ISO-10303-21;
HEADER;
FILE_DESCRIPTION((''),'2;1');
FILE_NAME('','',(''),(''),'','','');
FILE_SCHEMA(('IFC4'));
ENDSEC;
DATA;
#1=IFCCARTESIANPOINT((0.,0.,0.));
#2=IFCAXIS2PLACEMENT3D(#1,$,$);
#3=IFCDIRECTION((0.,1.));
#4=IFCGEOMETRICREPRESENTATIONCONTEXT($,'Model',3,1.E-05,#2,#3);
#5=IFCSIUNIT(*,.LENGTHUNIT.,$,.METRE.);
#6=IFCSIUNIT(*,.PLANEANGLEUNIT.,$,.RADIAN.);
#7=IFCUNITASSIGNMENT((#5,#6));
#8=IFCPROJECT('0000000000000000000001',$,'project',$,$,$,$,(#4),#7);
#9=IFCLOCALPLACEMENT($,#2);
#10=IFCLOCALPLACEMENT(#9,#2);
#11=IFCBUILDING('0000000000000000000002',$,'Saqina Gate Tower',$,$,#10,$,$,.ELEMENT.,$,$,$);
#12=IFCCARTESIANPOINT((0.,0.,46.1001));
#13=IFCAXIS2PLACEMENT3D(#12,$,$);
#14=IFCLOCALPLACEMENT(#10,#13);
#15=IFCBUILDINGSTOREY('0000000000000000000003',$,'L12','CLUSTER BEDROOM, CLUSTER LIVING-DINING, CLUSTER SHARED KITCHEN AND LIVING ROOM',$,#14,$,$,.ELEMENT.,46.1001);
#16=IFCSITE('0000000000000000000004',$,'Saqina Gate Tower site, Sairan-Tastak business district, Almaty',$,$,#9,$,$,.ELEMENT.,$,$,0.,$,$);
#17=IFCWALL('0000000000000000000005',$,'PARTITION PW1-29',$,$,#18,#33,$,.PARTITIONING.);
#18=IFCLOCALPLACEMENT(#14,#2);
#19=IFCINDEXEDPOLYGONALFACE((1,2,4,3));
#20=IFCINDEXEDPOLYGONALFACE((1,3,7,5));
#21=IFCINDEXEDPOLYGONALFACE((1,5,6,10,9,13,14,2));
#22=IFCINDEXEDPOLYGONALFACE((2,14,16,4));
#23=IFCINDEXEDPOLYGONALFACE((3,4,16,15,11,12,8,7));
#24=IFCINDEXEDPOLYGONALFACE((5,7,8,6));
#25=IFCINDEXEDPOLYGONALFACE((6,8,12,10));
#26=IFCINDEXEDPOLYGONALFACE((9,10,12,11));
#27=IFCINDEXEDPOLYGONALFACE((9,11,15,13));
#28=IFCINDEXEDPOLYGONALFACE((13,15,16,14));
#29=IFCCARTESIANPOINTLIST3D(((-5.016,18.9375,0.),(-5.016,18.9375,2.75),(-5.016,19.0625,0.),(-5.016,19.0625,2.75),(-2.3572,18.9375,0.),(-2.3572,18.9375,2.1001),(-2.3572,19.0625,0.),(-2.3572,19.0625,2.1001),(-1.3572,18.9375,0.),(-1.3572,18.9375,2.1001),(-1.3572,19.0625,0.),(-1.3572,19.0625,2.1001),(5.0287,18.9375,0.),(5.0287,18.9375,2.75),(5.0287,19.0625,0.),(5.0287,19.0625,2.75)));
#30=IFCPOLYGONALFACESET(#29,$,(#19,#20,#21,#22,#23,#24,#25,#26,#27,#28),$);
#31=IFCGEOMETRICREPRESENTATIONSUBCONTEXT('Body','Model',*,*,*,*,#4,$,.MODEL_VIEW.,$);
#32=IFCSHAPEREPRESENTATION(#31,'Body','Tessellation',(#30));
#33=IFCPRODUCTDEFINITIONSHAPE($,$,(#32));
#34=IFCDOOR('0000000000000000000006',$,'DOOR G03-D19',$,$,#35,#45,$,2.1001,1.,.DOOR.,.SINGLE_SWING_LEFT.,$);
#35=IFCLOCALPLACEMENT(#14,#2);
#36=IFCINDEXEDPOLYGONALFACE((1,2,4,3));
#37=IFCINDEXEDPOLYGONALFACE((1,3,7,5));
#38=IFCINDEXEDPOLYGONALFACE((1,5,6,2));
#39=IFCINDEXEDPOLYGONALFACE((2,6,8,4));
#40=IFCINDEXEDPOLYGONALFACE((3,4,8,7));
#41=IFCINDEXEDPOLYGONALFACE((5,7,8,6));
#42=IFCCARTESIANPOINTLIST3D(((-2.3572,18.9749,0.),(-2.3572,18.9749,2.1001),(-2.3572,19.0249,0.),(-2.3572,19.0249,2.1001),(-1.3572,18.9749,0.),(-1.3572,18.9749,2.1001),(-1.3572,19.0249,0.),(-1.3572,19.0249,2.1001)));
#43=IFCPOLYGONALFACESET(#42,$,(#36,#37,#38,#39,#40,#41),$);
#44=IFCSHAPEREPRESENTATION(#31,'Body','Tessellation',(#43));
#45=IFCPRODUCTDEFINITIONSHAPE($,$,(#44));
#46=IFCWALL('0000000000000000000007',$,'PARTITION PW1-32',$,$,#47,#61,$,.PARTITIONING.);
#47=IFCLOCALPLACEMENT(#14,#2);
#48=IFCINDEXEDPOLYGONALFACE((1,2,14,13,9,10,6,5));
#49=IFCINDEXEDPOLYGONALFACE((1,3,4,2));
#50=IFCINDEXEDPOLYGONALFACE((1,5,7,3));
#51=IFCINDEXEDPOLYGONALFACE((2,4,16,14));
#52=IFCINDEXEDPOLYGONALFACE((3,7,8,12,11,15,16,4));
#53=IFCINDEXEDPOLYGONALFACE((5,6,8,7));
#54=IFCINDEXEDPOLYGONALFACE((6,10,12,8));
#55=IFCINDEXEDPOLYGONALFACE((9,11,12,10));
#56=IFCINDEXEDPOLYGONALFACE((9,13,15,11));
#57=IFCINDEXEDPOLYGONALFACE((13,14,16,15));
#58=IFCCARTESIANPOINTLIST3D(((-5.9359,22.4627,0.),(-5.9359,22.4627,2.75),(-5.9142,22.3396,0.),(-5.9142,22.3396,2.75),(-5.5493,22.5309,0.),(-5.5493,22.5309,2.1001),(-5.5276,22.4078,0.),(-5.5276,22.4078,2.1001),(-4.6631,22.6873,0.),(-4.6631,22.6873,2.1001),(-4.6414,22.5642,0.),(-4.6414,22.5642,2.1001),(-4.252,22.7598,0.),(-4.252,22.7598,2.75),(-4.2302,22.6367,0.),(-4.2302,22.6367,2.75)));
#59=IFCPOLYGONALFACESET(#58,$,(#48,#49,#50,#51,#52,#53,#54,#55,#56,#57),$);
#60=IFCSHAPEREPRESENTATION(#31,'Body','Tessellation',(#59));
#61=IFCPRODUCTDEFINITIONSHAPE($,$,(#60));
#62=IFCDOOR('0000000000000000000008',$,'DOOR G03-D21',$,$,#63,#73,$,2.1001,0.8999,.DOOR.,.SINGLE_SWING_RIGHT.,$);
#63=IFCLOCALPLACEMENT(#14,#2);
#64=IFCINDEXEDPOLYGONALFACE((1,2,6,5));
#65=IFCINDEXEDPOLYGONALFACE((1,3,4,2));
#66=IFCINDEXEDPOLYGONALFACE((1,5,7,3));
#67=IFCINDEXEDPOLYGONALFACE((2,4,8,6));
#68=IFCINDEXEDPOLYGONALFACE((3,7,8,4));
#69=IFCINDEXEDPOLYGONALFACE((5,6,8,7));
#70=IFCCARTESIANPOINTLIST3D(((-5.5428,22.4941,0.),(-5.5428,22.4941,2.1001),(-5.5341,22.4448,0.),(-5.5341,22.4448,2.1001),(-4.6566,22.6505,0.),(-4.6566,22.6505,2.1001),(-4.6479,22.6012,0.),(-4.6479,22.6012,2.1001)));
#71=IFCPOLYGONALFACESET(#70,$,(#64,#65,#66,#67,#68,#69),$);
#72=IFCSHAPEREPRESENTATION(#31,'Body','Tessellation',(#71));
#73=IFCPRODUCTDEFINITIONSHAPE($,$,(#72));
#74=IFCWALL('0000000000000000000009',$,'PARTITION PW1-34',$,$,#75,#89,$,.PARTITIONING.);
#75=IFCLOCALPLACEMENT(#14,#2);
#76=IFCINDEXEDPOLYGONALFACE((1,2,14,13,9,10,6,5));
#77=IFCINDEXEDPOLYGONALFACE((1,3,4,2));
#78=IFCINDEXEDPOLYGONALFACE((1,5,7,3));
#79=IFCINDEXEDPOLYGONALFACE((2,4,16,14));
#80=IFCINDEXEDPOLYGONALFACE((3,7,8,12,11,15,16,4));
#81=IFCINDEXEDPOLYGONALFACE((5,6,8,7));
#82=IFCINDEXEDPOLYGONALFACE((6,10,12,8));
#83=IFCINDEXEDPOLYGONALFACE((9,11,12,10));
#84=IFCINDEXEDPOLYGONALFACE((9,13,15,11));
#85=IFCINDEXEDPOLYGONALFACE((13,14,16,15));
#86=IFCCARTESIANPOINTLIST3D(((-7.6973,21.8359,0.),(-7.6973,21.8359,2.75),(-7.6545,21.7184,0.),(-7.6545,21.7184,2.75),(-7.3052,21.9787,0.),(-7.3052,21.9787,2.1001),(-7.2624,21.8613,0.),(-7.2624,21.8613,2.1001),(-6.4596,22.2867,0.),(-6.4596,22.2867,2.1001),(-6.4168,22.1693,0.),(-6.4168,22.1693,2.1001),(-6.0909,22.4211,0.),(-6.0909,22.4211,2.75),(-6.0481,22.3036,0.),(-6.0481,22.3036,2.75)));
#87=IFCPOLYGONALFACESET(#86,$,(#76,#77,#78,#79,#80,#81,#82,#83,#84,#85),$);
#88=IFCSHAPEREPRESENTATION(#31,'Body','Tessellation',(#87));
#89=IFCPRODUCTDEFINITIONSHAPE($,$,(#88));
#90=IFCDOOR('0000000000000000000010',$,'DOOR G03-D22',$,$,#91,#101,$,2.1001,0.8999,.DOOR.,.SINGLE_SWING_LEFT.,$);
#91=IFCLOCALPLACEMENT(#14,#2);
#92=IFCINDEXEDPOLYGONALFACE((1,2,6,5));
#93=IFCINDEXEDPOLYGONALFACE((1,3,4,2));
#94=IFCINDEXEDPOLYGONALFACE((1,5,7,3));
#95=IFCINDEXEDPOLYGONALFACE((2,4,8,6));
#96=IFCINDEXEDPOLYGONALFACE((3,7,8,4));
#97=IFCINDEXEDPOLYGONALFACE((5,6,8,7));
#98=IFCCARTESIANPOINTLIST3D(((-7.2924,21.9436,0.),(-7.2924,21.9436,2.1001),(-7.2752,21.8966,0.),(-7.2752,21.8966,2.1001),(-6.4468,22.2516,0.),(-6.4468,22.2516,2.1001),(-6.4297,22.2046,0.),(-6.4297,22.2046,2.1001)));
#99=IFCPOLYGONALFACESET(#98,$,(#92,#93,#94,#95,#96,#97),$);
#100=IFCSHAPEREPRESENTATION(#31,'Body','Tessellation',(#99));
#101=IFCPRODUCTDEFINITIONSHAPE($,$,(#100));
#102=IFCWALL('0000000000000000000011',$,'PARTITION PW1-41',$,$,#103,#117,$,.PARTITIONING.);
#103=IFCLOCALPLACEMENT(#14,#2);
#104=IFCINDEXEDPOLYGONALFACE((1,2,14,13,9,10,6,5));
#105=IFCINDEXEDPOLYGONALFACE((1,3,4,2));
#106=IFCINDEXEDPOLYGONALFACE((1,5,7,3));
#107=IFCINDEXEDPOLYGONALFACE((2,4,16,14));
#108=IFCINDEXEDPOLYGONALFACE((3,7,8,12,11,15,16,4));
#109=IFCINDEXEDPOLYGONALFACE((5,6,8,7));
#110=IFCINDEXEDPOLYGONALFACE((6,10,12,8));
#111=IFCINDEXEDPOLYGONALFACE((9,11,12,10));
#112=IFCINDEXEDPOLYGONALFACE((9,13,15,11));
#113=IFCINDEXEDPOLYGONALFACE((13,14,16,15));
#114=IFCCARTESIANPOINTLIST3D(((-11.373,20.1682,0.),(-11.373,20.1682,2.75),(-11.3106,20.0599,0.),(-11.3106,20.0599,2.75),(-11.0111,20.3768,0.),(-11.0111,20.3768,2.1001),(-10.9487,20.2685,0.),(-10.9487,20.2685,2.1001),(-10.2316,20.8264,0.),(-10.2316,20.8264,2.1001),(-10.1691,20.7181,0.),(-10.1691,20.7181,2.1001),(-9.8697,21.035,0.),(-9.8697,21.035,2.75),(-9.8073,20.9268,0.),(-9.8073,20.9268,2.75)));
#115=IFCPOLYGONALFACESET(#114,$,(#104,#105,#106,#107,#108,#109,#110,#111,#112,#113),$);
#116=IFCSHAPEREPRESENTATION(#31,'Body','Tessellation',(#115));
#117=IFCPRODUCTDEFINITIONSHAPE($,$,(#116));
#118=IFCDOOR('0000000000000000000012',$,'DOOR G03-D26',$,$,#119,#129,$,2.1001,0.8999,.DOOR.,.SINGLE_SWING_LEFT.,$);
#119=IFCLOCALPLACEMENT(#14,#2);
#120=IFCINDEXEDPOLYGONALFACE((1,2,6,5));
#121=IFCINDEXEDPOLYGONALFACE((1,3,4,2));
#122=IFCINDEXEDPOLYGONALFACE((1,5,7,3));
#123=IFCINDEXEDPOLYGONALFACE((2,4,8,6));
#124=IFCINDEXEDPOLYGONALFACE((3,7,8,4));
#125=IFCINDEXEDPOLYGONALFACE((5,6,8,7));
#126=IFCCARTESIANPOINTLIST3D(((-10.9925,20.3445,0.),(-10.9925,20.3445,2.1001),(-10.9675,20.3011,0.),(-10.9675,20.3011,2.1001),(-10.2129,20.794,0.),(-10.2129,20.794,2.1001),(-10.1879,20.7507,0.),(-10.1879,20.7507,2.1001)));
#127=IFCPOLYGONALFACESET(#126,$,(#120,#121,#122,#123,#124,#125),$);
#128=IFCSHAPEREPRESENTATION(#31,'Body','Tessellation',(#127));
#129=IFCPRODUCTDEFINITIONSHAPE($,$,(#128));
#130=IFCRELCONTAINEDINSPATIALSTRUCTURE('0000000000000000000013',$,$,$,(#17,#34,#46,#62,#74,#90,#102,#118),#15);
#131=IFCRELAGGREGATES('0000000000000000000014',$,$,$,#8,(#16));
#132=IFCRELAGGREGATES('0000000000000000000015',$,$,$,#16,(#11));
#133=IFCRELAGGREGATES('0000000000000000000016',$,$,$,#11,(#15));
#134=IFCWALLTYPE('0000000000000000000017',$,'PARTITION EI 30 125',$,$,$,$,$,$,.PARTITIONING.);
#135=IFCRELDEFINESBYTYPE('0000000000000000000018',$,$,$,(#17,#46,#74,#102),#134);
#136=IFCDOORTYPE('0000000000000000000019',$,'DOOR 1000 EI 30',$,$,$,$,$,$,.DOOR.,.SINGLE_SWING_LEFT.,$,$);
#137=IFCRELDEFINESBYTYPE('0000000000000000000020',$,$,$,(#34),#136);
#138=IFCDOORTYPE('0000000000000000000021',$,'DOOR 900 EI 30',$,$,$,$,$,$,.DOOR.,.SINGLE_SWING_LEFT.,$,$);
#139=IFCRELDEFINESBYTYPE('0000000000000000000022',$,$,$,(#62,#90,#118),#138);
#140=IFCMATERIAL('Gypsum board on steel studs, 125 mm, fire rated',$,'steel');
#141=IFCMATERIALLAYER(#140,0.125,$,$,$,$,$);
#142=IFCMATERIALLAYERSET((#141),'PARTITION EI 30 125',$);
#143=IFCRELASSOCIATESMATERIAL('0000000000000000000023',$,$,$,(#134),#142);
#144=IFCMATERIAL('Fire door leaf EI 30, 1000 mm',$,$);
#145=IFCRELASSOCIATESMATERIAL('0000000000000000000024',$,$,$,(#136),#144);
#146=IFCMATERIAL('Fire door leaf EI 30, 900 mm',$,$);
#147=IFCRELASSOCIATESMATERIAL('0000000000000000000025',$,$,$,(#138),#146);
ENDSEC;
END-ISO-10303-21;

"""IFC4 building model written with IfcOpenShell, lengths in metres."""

from ifc_helpers import new_model, si_unit, direction, frame, frame_2d, origin, place, context, subcontext, project, spatial, rectangle, extrude, material, layer, layer_set, type_object, element, fill, save


model = new_model("IFC4")

# Units and contexts
model_context = context("Model", 3, precision=1e-05, world=origin(), true_north=direction((0.0, 1.0)))
body_context = subcontext(model_context, "Body", "Model", "MODEL_VIEW")
ifc_project = project(units=[si_unit("LENGTHUNIT", "METRE"), si_unit("PLANEANGLEUNIT", "RADIAN")], contexts=[model_context])

# Site, building, storey
site_placement = place(None, origin())
site = spatial("IfcSite", under=ifc_project, at=site_placement, Name="Saqina Gate Tower site, Sairan-Tastak business district, Almaty", CompositionType="ELEMENT", RefElevation=0.0)
building_placement = place(site_placement, origin())
building = spatial("IfcBuilding", under=site, at=building_placement, Name="Saqina Gate Tower", CompositionType="ELEMENT")
storey_placement = place(building_placement, frame((0.0, 0.0, 46.1001)))
storey = spatial("IfcBuildingStorey", under=building, at=storey_placement, Name="L12", Description="CLUSTER BEDROOM, CLUSTER LIVING-DINING, CLUSTER SHARED KITCHEN AND LIVING ROOM", CompositionType="ELEMENT", Elevation=46.1001)

# Shared definitions
ifc_material_1 = material(Name="Gypsum board on steel studs, 125 mm, fire rated", Category="steel")
ifc_layer_1 = layer(ifc_material_1, 0.125)
ifc_layer_set_1 = layer_set([ifc_layer_1], Name="PARTITION EI 30 125")
wall_type_1 = type_object("IfcWallType", Name="PARTITION EI 30 125", PredefinedType="PARTITIONING", material=ifc_layer_set_1)

# Walls, openings, doors
wall_1_placement = place(storey_placement, frame((-5.0161, 19.0, 0.0), z_axis=(0.0, 0.0, 1.0), x_axis=(1.0, 0.0, 0.0)))
wall_1 = element("IfcWall", 1, at=wall_1_placement, inside=storey, type_object=wall_type_1, Name="PARTITION PW1-29", PredefinedType="PARTITIONING", context=body_context, shape_type="SweptSolid", body=[
    extrude(rectangle(XDim=10.0447, YDim=0.125, at=frame_2d((5.0225, 0.0))), origin(), (0.0, 0.0, 1.0), 2.75),
])
opening_1_placement = place(wall_1_placement, frame((2.6589, 0.0, 0.0)))
opening_1 = element("IfcOpeningElement", 2, at=opening_1_placement, cuts=wall_1, PredefinedType="OPENING", context=body_context, shape_type="SweptSolid", body=[
    extrude(rectangle(XDim=1.0, YDim=2.1001, at=frame_2d((0.5, 1.05))), frame((0.0, 0.0745, 0.0), z_axis=(0.0, -1.0, 0.0), x_axis=(1.0, 0.0, 0.0)), (0.0, 0.0, 1.0), 0.1489),
])
ifc_material_2 = material(Name="Fire door leaf EI 30, 1000 mm")
door_type_1 = type_object("IfcDoorType", Name="DOOR 1000 EI 30", OperationType="SINGLE_SWING_LEFT", PredefinedType="DOOR", material=ifc_material_2)
door_1_placement = place(opening_1_placement, origin())
door_1 = element("IfcDoor", 3, at=door_1_placement, inside=storey, type_object=door_type_1, Name="DOOR G03-D19", OperationType="SINGLE_SWING_LEFT", OverallHeight=2.1001, OverallWidth=1.0, PredefinedType="DOOR", context=body_context, shape_type="SweptSolid", body=[
    extrude(rectangle(XDim=1.0, YDim=2.1001, at=frame_2d((0.5, 1.05))), frame((0.0, 0.0249, 0.0), z_axis=(0.0, -1.0, 0.0), x_axis=(1.0, 0.0, 0.0)), (0.0, 0.0, 1.0), 0.05),
])
fill(opening_1, door_1)
wall_2_placement = place(storey_placement, frame((-5.925, 22.4011, 0.0), z_axis=(0.0, 0.0, 1.0), x_axis=(0.984786, 0.173769, 0.0)))
wall_2 = element("IfcWall", 4, at=wall_2_placement, inside=storey, type_object=wall_type_1, Name="PARTITION PW1-32", PredefinedType="PARTITIONING", context=body_context, shape_type="SweptSolid", body=[
    extrude(rectangle(XDim=1.71, YDim=0.125, at=frame_2d((0.855, 0.0))), origin(), (0.0, 0.0, 1.0), 2.75),
])
opening_2_placement = place(wall_2_placement, frame((0.3926, 0.0, 0.0)))
opening_2 = element("IfcOpeningElement", 5, at=opening_2_placement, cuts=wall_2, PredefinedType="OPENING", context=body_context, shape_type="SweptSolid", body=[
    extrude(rectangle(XDim=0.8999, YDim=2.1001, at=frame_2d((0.45, 1.05))), frame((0.0, 0.0745, 0.0), z_axis=(0.0, -1.0, 0.0), x_axis=(1.0, 0.0, 0.0)), (0.0, 0.0, 1.0), 0.1489),
])
ifc_material_3 = material(Name="Fire door leaf EI 30, 900 mm")
door_type_2 = type_object("IfcDoorType", Name="DOOR 900 EI 30", OperationType="SINGLE_SWING_LEFT", PredefinedType="DOOR", material=ifc_material_3)
door_2_placement = place(opening_2_placement, frame((0.8999, 0.0, 0.0), z_axis=(0.0, 0.0, 1.0), x_axis=(-1.0, 0.0, 0.0)))
door_2 = element("IfcDoor", 6, at=door_2_placement, inside=storey, type_object=door_type_2, Name="DOOR G03-D21", OperationType="SINGLE_SWING_RIGHT", OverallHeight=2.1001, OverallWidth=0.8999, PredefinedType="DOOR", context=body_context, shape_type="SweptSolid", body=[
    extrude(rectangle(XDim=0.8999, YDim=2.1001, at=frame_2d((0.45, 1.05))), frame((0.0, 0.0249, 0.0), z_axis=(0.0, -1.0, 0.0), x_axis=(1.0, 0.0, 0.0)), (0.0, 0.0, 1.0), 0.05),
])
fill(opening_2, door_2)
wall_3_placement = place(storey_placement, frame((-7.676, 21.7771, 0.0), z_axis=(0.0, 0.0, 1.0), x_axis=(0.939597, 0.342282, 0.0)))
wall_3 = element("IfcWall", 7, at=wall_3_placement, inside=storey, type_object=wall_type_1, Name="PARTITION PW1-34", PredefinedType="PARTITIONING", context=body_context, shape_type="SweptSolid", body=[
    extrude(rectangle(XDim=1.7097, YDim=0.125, at=frame_2d((0.855, 0.0))), origin(), (0.0, 0.0, 1.0), 2.75),
])
opening_3_placement = place(wall_3_placement, frame((0.4175, 0.0, 0.0)))
opening_3 = element("IfcOpeningElement", 8, at=opening_3_placement, cuts=wall_3, PredefinedType="OPENING", context=body_context, shape_type="SweptSolid", body=[
    extrude(rectangle(XDim=0.8999, YDim=2.1001, at=frame_2d((0.45, 1.05))), frame((0.0, 0.0745, 0.0), z_axis=(0.0, -1.0, 0.0), x_axis=(1.0, 0.0, 0.0)), (0.0, 0.0, 1.0), 0.1489),
])
door_3_placement = place(opening_3_placement, frame((0.8999, 0.0, 0.0), z_axis=(0.0, 0.0, 1.0), x_axis=(-1.0, 0.0, 0.0)))
door_3 = element("IfcDoor", 9, at=door_3_placement, inside=storey, type_object=door_type_2, Name="DOOR G03-D22", OperationType="SINGLE_SWING_LEFT", OverallHeight=2.1001, OverallWidth=0.8999, PredefinedType="DOOR", context=body_context, shape_type="SweptSolid", body=[
    extrude(rectangle(XDim=0.8999, YDim=2.1001, at=frame_2d((0.45, 1.05))), frame((0.0, 0.0249, 0.0), z_axis=(0.0, -1.0, 0.0), x_axis=(1.0, 0.0, 0.0)), (0.0, 0.0, 1.0), 0.05),
])
fill(opening_3, door_3)
wall_4_placement = place(storey_placement, frame((-11.3418, 20.114, 0.0), z_axis=(0.0, 0.0, 1.0), x_axis=(0.866289, 0.499544, 0.0)))
wall_4 = element("IfcWall", 10, at=wall_4_placement, inside=storey, type_object=wall_type_1, Name="PARTITION PW1-41", PredefinedType="PARTITIONING", context=body_context, shape_type="SweptSolid", body=[
    extrude(rectangle(XDim=1.7354, YDim=0.125, at=frame_2d((0.8677, 0.0))), origin(), (0.0, 0.0, 1.0), 2.75),
])
opening_4_placement = place(wall_4_placement, frame((0.4177, 0.0, 0.0)))
opening_4 = element("IfcOpeningElement", 11, at=opening_4_placement, cuts=wall_4, PredefinedType="OPENING", context=body_context, shape_type="SweptSolid", body=[
    extrude(rectangle(XDim=0.8999, YDim=2.1001, at=frame_2d((0.45, 1.05))), frame((0.0, 0.0745, 0.0), z_axis=(0.0, -1.0, 0.0), x_axis=(1.0, 0.0, 0.0)), (0.0, 0.0, 1.0), 0.1489),
])
door_4_placement = place(opening_4_placement, frame((0.8999, 0.0, 0.0), z_axis=(0.0, 0.0, 1.0), x_axis=(-1.0, 0.0, 0.0)))
door_4 = element("IfcDoor", 12, at=door_4_placement, inside=storey, type_object=door_type_2, Name="DOOR G03-D26", OperationType="SINGLE_SWING_LEFT", OverallHeight=2.1001, OverallWidth=0.8999, PredefinedType="DOOR", context=body_context, shape_type="SweptSolid", body=[
    extrude(rectangle(XDim=0.8999, YDim=2.1001, at=frame_2d((0.45, 1.05))), frame((0.0, 0.0249, 0.0), z_axis=(0.0, -1.0, 0.0), x_axis=(1.0, 0.0, 0.0)), (0.0, 0.0, 1.0), 0.05),
])
fill(opening_4, door_4)

save(model, "model.ifc")
